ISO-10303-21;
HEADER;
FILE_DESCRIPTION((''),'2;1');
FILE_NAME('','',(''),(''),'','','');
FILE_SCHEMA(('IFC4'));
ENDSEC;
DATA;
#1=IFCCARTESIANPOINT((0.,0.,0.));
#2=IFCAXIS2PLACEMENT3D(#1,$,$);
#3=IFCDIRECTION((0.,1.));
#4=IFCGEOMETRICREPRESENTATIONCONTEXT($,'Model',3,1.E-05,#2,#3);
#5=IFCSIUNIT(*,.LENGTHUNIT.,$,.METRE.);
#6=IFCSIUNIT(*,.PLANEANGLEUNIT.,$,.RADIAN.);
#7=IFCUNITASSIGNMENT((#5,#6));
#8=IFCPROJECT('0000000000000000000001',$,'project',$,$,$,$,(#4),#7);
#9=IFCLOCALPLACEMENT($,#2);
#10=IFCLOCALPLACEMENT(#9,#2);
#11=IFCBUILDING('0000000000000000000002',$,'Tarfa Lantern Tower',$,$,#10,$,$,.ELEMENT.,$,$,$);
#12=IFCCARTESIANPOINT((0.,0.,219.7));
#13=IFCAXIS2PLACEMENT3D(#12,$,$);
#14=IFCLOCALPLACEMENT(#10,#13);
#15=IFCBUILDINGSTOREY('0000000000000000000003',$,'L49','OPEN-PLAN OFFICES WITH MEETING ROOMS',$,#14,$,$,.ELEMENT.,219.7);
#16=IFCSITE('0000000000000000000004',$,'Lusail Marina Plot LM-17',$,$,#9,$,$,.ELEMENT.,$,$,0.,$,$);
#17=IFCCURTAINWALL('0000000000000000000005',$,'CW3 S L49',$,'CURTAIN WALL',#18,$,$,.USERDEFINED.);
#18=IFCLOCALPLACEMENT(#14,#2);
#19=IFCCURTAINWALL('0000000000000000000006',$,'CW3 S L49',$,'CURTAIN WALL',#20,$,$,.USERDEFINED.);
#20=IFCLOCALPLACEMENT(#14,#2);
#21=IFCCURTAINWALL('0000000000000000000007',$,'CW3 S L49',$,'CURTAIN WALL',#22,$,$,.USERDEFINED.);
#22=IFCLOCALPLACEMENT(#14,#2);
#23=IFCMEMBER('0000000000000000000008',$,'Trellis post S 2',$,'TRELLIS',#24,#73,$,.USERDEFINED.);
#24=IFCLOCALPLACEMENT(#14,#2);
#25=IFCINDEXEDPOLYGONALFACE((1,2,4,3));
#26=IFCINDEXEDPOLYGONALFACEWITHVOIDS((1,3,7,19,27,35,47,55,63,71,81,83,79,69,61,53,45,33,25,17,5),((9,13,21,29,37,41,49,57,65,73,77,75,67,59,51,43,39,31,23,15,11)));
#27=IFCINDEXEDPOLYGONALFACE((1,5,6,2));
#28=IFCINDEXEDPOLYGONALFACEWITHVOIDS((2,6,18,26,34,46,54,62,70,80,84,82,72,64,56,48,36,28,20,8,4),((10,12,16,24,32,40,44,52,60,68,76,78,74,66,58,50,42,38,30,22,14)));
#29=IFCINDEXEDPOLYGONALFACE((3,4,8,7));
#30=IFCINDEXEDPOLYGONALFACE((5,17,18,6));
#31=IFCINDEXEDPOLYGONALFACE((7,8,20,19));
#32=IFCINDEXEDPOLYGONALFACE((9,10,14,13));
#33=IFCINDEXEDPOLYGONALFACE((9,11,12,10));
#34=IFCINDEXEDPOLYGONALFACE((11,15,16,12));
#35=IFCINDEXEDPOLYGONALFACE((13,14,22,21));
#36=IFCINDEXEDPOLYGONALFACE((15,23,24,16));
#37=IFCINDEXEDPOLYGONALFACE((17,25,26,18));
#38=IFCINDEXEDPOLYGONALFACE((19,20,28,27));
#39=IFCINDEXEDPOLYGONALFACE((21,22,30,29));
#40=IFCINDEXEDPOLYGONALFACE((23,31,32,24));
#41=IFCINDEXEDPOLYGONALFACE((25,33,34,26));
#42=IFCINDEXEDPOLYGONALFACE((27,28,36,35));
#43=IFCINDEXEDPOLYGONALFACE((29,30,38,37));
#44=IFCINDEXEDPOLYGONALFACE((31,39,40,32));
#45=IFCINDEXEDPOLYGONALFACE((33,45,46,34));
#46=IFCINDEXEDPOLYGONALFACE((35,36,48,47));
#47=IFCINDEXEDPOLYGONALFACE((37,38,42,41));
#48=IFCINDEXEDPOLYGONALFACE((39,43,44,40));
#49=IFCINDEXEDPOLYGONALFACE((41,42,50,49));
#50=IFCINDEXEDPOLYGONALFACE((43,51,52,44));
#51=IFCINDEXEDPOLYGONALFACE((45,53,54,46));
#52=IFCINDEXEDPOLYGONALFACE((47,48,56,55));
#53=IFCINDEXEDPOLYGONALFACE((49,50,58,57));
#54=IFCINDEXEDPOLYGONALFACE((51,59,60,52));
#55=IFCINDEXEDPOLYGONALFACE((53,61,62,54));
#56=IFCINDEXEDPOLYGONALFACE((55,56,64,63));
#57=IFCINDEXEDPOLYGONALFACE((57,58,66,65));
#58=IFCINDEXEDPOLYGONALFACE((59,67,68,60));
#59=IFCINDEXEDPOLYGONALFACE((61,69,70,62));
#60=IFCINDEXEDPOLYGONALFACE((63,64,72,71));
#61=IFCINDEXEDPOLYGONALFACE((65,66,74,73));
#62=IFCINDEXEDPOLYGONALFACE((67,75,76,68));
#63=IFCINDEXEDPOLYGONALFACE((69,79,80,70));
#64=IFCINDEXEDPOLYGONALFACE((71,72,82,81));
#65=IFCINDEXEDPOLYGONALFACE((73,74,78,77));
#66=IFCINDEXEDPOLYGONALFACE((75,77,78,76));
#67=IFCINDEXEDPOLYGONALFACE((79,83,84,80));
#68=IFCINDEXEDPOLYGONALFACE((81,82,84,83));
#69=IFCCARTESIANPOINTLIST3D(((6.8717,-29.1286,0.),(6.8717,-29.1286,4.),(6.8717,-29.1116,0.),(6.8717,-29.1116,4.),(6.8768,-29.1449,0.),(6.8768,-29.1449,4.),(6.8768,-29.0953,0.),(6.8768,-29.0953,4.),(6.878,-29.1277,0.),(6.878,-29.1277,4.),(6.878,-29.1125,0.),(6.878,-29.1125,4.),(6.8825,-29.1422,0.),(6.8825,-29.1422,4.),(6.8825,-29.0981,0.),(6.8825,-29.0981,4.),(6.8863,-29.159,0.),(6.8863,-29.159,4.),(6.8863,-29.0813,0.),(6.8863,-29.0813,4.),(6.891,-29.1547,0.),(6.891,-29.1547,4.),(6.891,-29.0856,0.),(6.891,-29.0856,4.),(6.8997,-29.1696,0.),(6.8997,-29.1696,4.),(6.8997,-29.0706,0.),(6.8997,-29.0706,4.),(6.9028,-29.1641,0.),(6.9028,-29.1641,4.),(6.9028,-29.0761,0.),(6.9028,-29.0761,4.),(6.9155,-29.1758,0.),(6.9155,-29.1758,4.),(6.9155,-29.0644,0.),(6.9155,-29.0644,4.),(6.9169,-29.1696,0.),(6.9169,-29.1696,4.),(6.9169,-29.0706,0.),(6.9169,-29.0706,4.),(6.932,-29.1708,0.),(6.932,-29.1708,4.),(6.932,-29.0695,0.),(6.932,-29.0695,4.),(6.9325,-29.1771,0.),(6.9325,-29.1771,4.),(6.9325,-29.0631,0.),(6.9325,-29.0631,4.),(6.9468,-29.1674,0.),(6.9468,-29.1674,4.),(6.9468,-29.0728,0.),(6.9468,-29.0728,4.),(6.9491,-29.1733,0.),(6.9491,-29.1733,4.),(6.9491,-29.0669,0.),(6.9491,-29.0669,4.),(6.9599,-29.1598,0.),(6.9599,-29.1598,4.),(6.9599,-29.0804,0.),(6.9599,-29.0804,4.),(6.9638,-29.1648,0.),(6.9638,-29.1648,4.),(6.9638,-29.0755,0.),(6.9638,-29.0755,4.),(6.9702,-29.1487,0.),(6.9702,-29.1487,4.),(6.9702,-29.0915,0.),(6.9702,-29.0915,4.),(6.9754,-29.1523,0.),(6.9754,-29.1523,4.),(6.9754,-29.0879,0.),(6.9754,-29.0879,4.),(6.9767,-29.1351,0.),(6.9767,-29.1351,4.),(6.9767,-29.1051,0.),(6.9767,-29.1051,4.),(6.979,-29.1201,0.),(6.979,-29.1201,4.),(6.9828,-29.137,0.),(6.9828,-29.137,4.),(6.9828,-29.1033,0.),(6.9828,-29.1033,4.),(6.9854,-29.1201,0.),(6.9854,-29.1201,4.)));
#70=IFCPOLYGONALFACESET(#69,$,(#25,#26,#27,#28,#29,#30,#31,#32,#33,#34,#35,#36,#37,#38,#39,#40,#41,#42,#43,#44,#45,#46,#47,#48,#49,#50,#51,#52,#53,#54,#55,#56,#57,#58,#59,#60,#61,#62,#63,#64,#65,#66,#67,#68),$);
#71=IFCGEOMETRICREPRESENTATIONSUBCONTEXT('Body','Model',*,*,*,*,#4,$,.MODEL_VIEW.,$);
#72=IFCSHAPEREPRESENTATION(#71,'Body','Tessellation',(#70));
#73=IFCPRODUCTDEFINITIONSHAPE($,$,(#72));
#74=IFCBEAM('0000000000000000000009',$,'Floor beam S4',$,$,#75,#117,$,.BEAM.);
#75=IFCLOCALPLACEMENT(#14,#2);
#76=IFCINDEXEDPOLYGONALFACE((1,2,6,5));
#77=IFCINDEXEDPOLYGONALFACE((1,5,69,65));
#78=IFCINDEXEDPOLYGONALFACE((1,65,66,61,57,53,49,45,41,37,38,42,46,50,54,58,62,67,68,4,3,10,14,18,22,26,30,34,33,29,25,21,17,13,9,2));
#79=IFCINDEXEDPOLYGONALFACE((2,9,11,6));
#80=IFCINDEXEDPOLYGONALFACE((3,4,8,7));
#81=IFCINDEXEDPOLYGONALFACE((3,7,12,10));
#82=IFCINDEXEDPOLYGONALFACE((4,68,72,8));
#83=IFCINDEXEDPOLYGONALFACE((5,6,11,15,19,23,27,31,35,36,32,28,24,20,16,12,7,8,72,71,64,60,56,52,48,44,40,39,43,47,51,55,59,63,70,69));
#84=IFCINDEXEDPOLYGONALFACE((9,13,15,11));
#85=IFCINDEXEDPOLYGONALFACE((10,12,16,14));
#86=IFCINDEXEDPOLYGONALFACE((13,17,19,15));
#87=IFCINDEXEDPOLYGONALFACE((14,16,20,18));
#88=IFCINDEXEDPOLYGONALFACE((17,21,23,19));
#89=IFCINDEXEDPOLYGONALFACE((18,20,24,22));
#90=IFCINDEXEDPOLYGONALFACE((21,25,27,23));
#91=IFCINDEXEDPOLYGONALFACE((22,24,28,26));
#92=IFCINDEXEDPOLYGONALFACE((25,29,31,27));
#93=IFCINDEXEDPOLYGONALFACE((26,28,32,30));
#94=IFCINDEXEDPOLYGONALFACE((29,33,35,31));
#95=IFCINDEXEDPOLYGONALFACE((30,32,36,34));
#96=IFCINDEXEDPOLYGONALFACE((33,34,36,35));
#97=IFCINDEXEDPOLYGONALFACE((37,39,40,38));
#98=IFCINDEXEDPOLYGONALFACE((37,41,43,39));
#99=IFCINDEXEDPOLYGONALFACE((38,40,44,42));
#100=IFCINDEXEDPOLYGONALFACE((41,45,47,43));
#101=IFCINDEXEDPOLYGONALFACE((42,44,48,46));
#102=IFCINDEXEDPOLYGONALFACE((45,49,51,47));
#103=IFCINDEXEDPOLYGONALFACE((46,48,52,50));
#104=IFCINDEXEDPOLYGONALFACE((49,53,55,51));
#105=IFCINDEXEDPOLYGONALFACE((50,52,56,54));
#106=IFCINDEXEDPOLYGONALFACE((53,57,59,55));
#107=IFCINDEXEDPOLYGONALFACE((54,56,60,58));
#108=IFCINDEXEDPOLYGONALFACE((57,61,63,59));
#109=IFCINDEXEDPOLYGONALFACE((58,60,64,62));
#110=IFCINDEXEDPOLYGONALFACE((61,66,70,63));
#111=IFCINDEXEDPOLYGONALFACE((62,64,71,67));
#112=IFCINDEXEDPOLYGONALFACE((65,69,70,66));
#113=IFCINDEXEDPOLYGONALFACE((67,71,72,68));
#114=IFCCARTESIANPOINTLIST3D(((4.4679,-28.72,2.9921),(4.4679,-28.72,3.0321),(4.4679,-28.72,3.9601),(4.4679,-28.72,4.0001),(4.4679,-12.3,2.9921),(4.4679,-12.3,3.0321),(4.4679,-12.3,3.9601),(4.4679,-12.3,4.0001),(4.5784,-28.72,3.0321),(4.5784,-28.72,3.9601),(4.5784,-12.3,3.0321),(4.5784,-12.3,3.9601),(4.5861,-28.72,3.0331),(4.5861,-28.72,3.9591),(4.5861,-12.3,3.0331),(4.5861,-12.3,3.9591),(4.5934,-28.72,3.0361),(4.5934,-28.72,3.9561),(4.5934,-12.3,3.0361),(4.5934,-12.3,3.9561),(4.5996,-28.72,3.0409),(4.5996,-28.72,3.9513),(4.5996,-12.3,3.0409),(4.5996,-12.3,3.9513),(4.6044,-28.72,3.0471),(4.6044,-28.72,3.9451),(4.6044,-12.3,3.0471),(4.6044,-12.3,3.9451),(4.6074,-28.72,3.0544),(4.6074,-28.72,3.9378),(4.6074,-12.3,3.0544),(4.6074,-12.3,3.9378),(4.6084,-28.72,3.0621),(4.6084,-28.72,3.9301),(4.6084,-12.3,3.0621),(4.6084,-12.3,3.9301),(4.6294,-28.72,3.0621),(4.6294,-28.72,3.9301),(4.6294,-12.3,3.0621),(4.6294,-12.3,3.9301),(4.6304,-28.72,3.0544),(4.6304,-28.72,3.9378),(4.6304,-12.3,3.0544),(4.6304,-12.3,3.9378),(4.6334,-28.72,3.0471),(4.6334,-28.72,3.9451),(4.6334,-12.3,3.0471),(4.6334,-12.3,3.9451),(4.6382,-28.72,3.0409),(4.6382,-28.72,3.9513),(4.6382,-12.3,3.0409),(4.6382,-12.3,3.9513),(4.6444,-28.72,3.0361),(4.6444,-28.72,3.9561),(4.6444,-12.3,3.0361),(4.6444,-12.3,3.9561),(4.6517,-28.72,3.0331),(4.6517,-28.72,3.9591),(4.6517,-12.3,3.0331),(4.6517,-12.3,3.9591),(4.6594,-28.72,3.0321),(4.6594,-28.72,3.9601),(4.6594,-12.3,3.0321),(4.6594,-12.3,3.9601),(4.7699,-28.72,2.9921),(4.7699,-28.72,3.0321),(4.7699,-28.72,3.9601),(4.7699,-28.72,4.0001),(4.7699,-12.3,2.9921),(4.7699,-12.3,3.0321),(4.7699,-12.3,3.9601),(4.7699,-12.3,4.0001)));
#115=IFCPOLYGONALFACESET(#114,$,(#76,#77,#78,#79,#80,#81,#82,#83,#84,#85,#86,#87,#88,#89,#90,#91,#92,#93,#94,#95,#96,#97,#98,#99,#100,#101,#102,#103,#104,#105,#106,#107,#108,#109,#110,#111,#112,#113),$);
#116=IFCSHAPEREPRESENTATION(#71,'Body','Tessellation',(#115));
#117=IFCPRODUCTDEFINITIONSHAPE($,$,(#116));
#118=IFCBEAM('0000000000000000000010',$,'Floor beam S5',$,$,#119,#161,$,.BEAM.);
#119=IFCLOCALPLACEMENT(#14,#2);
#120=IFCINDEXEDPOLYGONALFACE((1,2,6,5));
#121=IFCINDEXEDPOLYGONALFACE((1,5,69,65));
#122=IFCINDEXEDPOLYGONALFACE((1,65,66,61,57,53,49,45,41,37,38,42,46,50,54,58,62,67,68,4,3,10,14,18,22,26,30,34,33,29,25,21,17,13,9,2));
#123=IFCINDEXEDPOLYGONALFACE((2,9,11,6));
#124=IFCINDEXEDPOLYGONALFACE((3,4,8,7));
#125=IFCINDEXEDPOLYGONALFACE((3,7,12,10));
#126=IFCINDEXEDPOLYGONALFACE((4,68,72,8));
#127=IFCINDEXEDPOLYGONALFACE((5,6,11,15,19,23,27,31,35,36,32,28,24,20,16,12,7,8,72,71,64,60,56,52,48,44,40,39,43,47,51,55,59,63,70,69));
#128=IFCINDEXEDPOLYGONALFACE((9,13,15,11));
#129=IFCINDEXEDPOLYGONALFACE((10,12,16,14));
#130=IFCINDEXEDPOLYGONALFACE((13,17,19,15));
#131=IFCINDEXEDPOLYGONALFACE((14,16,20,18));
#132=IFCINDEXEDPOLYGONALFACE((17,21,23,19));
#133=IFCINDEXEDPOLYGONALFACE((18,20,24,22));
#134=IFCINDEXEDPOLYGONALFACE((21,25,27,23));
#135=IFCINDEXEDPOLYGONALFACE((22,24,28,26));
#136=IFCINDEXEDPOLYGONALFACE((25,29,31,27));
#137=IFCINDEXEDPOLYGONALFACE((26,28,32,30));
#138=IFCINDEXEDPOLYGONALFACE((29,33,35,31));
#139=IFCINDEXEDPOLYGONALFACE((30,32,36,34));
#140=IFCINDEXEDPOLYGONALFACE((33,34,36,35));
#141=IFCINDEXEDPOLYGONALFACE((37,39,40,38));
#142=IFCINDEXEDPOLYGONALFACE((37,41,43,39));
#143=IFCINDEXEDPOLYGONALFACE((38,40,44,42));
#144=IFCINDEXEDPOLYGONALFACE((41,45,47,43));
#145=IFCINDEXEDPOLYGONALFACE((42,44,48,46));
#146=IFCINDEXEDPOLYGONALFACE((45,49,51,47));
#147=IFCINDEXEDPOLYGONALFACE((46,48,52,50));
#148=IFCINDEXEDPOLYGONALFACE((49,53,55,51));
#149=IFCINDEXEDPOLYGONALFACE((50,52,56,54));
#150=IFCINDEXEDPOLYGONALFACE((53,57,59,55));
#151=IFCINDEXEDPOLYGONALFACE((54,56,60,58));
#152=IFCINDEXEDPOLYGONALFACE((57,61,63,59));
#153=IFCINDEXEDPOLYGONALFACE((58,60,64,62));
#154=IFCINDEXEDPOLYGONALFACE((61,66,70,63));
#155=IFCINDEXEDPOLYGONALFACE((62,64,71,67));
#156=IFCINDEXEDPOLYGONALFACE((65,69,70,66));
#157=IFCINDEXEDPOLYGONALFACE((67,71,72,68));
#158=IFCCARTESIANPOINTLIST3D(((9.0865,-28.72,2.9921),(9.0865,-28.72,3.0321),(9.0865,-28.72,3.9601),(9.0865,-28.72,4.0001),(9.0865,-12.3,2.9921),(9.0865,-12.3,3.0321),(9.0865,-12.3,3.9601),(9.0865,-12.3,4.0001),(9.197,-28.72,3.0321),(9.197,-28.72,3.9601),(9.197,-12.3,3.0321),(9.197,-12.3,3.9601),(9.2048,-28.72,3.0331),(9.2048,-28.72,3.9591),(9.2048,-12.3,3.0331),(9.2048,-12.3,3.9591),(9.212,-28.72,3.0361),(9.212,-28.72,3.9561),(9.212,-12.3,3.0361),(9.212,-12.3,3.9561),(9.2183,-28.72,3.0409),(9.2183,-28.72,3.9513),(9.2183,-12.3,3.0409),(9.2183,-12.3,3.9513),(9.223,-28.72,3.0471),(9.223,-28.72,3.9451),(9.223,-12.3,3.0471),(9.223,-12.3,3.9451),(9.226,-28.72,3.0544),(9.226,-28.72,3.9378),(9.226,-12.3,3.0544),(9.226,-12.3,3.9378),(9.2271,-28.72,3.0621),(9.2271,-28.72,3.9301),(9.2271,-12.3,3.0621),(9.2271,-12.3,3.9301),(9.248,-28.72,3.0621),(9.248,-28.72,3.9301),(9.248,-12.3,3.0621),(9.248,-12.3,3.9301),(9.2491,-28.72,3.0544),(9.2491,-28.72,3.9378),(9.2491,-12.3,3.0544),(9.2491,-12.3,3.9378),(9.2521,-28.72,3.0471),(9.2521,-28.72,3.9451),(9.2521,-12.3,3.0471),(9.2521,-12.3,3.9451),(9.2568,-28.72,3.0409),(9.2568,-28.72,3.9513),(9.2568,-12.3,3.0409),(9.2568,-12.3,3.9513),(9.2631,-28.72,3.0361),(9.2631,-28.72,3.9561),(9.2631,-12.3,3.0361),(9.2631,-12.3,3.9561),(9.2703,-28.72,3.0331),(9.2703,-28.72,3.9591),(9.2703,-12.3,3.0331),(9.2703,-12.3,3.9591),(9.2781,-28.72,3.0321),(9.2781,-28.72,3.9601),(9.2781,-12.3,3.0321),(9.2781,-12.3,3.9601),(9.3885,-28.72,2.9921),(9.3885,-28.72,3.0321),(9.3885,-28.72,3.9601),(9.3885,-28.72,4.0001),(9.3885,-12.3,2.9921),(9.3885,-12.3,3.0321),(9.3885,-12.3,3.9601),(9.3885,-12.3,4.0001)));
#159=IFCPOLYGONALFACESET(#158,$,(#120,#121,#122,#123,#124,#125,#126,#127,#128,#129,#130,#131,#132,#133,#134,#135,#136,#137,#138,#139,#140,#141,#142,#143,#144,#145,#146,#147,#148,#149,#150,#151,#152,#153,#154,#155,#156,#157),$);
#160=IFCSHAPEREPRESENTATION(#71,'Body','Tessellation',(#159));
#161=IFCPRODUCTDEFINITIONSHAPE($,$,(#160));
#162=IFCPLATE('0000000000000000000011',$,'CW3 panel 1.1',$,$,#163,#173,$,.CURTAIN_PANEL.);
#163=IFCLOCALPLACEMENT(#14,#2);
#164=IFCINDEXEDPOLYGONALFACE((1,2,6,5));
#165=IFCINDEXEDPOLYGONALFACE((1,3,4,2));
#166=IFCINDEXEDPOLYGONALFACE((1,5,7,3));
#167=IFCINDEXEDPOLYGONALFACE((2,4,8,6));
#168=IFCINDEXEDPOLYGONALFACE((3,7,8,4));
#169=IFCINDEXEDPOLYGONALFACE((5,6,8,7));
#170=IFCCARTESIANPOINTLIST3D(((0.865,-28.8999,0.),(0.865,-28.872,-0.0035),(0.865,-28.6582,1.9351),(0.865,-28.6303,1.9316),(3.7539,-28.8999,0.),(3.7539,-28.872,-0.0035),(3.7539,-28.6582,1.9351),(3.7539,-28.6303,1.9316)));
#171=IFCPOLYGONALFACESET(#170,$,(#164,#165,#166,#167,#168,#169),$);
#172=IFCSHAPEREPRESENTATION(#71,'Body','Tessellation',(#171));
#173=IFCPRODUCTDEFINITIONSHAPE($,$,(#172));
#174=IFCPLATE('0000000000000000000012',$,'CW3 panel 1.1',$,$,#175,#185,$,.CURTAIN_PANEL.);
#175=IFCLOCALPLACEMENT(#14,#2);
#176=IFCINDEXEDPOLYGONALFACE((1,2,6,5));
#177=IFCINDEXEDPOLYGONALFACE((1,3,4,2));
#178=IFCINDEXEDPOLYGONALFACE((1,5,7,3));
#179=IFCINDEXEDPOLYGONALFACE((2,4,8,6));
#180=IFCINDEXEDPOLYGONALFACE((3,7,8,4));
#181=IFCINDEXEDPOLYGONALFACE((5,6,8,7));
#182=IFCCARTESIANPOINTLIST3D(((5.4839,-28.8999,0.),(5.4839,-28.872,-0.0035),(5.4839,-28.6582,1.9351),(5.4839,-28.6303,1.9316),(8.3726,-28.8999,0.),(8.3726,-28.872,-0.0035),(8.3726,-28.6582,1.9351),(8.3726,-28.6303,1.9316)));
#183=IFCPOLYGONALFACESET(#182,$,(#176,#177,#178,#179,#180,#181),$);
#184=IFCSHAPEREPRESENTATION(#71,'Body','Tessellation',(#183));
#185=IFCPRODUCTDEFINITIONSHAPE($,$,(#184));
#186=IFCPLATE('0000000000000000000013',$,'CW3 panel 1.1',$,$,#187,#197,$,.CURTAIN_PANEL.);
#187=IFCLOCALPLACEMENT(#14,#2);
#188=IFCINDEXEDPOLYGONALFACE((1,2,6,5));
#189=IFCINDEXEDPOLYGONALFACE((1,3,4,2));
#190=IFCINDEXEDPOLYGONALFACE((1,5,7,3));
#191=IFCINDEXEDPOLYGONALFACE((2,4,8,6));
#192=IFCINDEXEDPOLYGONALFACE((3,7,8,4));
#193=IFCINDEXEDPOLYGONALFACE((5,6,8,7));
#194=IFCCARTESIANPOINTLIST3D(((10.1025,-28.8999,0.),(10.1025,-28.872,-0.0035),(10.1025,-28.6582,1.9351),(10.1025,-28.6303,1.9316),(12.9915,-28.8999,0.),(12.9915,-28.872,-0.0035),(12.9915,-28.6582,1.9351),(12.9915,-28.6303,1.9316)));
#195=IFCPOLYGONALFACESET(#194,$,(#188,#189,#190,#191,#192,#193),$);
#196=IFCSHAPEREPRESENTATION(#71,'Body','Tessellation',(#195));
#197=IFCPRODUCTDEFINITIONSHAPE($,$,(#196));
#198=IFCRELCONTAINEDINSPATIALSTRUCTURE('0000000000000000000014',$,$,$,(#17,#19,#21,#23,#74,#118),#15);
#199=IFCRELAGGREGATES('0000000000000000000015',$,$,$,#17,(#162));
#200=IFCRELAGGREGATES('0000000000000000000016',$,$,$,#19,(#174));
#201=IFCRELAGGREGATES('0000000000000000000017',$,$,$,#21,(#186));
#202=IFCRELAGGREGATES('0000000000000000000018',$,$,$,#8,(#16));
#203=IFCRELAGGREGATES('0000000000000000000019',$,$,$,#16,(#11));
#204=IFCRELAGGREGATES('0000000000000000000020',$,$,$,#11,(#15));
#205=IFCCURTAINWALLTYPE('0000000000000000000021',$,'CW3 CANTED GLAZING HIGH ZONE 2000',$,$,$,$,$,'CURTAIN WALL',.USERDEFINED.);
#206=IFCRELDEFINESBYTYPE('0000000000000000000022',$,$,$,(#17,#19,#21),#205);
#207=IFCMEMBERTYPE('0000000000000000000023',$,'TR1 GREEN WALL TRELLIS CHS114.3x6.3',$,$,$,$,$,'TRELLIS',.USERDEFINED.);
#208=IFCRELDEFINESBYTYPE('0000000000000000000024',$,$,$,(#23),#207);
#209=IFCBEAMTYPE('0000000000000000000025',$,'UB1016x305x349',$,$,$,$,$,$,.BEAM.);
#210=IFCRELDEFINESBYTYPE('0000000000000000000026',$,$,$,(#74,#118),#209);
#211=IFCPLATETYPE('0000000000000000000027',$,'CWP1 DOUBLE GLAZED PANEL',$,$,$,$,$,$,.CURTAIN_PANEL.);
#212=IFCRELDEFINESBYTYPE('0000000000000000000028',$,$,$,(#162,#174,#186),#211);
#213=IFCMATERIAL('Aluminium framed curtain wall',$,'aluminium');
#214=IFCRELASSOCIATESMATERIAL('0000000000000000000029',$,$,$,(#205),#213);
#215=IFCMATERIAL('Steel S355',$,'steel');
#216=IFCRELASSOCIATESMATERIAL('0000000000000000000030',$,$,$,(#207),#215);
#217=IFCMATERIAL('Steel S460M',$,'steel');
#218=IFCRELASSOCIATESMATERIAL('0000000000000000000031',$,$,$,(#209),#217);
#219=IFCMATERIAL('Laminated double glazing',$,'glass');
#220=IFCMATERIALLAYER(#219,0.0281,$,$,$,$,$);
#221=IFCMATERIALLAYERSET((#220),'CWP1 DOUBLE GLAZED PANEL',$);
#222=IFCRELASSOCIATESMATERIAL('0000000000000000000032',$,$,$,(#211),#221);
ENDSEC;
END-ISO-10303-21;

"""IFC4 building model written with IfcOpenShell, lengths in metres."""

from ifc_helpers import new_model, si_unit, direction, frame, origin, origin_2d, place, context, subcontext, project, spatial, polyline, hollow_circle, i_section, outline, extrude, material, layer, layer_set, material_profile, profile_set, type_object, element, aggregate, save


model = new_model("IFC4")

# Units and contexts
model_context = context("Model", 3, precision=1e-05, world=origin(), true_north=direction((0.0, 1.0)))
body_context = subcontext(model_context, "Body", "Model", "MODEL_VIEW")
ifc_project = project(units=[si_unit("LENGTHUNIT", "METRE"), si_unit("PLANEANGLEUNIT", "RADIAN")], contexts=[model_context])

# Site, building, storey
site_placement = place(None, origin())
site = spatial("IfcSite", under=ifc_project, at=site_placement, Name="Lusail Marina Plot LM-17", CompositionType="ELEMENT", RefElevation=0.0)
building_placement = place(site_placement, origin())
building = spatial("IfcBuilding", under=site, at=building_placement, Name="Tarfa Lantern Tower", CompositionType="ELEMENT")
storey_placement = place(building_placement, frame((0.0, 0.0, 219.7)))
storey = spatial("IfcBuildingStorey", under=building, at=storey_placement, Name="L49", Description="OPEN-PLAN OFFICES WITH MEETING ROOMS", CompositionType="ELEMENT", Elevation=219.7)

# Curtain walls
ifc_material_1 = material(Name="Aluminium framed curtain wall", Category="aluminium")
curtain_wall_type = type_object("IfcCurtainWallType", Name="CW3 CANTED GLAZING HIGH ZONE 2000", ElementType="CURTAIN WALL", PredefinedType="USERDEFINED", material=ifc_material_1)
curtain_wall_1_placement = place(storey_placement, origin())
curtain_wall_1 = element("IfcCurtainWall", 1, at=curtain_wall_1_placement, inside=storey, type_object=curtain_wall_type, Name="CW3 S L49", ObjectType="CURTAIN WALL", PredefinedType="USERDEFINED")
curtain_wall_2_placement = place(storey_placement, origin())
curtain_wall_2 = element("IfcCurtainWall", 2, at=curtain_wall_2_placement, inside=storey, type_object=curtain_wall_type, Name="CW3 S L49", ObjectType="CURTAIN WALL", PredefinedType="USERDEFINED")
curtain_wall_3_placement = place(storey_placement, origin())
curtain_wall_3 = element("IfcCurtainWall", 3, at=curtain_wall_3_placement, inside=storey, type_object=curtain_wall_type, Name="CW3 S L49", ObjectType="CURTAIN WALL", PredefinedType="USERDEFINED")

# Member
ifc_material_2 = material(Name="Steel S355", Category="steel")
ifc_material_profile_1 = material_profile(ifc_material_2, hollow_circle(Radius=0.0571, WallThickness=0.0063, at=origin_2d()), Name="CHS114.3x6.3")
ifc_profile_set_1 = profile_set([ifc_material_profile_1], Name="Steel S355")
member_type_1 = type_object("IfcMemberType", Name="TR1 GREEN WALL TRELLIS CHS114.3x6.3", ElementType="TRELLIS", PredefinedType="USERDEFINED", material=ifc_profile_set_1)
member_1_placement = place(storey_placement, frame((6.9282, -29.1201, 0.0), z_axis=(0.0, 0.0, 1.0), x_axis=(1.0, 0.0, 0.0)))
element("IfcMember", 4, at=member_1_placement, inside=storey, type_object=member_type_1, Name="Trellis post S 2", ObjectType="TRELLIS", PredefinedType="USERDEFINED", context=body_context, shape_type="SweptSolid", body=[
    extrude(hollow_circle(Radius=0.0571, WallThickness=0.0063, at=origin_2d()), origin(), (0.0, 0.0, 1.0), 4.0),
])

# Beams
ifc_material_3 = material(Name="Steel S460M", Category="steel")
ifc_material_profile_2 = material_profile(ifc_material_3, i_section(OverallWidth=0.302, OverallDepth=1.0081, WebThickness=0.021, FlangeThickness=0.04, FilletRadius=0.03, at=origin_2d()), Name="UB1016x305x349")
ifc_profile_set_2 = profile_set([ifc_material_profile_2], Name="Steel S460M")
beam_type_1 = type_object("IfcBeamType", Name="UB1016x305x349", PredefinedType="BEAM", material=ifc_profile_set_2)
for number, where, z_axis, x_axis, name in (
    (5, (4.6189, -28.72, 3.4961), (0.0, 1.0, 0.0), (-1.0, 0.0, 0.0), "Floor beam S4"),
    (6, (9.2375, -28.72, 3.4961), (0.0, 1.0, 0.0), (-1.0, 0.0, 0.0), "Floor beam S5"),
):
    element("IfcBeam", number, at=place(storey_placement, frame(where, z_axis=z_axis, x_axis=x_axis)), inside=storey, type_object=beam_type_1, Name=name, PredefinedType="BEAM", context=body_context, shape_type="SweptSolid", body=[
        extrude(i_section(OverallWidth=0.302, OverallDepth=1.0081, WebThickness=0.021, FlangeThickness=0.04, FilletRadius=0.03, at=origin_2d()), origin(), (0.0, 0.0, 1.0), 16.4199),
    ])

# Plates
ifc_material_4 = material(Name="Laminated double glazing", Category="glass")
ifc_layer_1 = layer(ifc_material_4, 0.0281)
ifc_layer_set_1 = layer_set([ifc_layer_1], Name="CWP1 DOUBLE GLAZED PANEL")
plate_type = type_object("IfcPlateType", Name="CWP1 DOUBLE GLAZED PANEL", PredefinedType="CURTAIN_PANEL", material=ifc_layer_set_1)
plate_1_placement = place(storey_placement, frame((0.865, -28.8999, 0.0), z_axis=(0.0, -0.992289, 0.123942), x_axis=(1.0, 0.0, 0.0)))
plate_1 = element("IfcPlate", 7, at=plate_1_placement, type_object=plate_type, Name="CW3 panel 1.1", PredefinedType="CURTAIN_PANEL", context=body_context, shape_type="SweptSolid", body=[
    extrude(outline(polyline([(0.0, 0.0), (2.8889, 0.0), (2.8889, 1.9501), (0.0, 1.9501), (0.0, 0.0)])), origin(), (0.0, 0.0, -1.0), 0.0281),
])
aggregate(curtain_wall_1, [plate_1])
plate_2_placement = place(storey_placement, frame((5.4839, -28.8999, 0.0), z_axis=(0.0, -0.992289, 0.123942), x_axis=(1.0, 0.0, 0.0)))
plate_2 = element("IfcPlate", 8, at=plate_2_placement, type_object=plate_type, Name="CW3 panel 1.1", PredefinedType="CURTAIN_PANEL", context=body_context, shape_type="SweptSolid", body=[
    extrude(outline(polyline([(0.0, 0.0), (2.8887, 0.0), (2.8887, 1.9501), (0.0, 1.9501), (0.0, 0.0)])), origin(), (0.0, 0.0, -1.0), 0.0281),
])
aggregate(curtain_wall_2, [plate_2])
plate_3_placement = place(storey_placement, frame((10.1025, -28.8999, 0.0), z_axis=(0.0, -0.992289, 0.123942), x_axis=(1.0, 0.0, 0.0)))
plate_3 = element("IfcPlate", 9, at=plate_3_placement, type_object=plate_type, Name="CW3 panel 1.1", PredefinedType="CURTAIN_PANEL", context=body_context, shape_type="SweptSolid", body=[
    extrude(outline(polyline([(0.0, 0.0), (2.8889, 0.0), (2.8889, 1.9501), (0.0, 1.9501), (0.0, 0.0)])), origin(), (0.0, 0.0, -1.0), 0.0281),
])
aggregate(curtain_wall_3, [plate_3])

save(model, "model.ifc")
